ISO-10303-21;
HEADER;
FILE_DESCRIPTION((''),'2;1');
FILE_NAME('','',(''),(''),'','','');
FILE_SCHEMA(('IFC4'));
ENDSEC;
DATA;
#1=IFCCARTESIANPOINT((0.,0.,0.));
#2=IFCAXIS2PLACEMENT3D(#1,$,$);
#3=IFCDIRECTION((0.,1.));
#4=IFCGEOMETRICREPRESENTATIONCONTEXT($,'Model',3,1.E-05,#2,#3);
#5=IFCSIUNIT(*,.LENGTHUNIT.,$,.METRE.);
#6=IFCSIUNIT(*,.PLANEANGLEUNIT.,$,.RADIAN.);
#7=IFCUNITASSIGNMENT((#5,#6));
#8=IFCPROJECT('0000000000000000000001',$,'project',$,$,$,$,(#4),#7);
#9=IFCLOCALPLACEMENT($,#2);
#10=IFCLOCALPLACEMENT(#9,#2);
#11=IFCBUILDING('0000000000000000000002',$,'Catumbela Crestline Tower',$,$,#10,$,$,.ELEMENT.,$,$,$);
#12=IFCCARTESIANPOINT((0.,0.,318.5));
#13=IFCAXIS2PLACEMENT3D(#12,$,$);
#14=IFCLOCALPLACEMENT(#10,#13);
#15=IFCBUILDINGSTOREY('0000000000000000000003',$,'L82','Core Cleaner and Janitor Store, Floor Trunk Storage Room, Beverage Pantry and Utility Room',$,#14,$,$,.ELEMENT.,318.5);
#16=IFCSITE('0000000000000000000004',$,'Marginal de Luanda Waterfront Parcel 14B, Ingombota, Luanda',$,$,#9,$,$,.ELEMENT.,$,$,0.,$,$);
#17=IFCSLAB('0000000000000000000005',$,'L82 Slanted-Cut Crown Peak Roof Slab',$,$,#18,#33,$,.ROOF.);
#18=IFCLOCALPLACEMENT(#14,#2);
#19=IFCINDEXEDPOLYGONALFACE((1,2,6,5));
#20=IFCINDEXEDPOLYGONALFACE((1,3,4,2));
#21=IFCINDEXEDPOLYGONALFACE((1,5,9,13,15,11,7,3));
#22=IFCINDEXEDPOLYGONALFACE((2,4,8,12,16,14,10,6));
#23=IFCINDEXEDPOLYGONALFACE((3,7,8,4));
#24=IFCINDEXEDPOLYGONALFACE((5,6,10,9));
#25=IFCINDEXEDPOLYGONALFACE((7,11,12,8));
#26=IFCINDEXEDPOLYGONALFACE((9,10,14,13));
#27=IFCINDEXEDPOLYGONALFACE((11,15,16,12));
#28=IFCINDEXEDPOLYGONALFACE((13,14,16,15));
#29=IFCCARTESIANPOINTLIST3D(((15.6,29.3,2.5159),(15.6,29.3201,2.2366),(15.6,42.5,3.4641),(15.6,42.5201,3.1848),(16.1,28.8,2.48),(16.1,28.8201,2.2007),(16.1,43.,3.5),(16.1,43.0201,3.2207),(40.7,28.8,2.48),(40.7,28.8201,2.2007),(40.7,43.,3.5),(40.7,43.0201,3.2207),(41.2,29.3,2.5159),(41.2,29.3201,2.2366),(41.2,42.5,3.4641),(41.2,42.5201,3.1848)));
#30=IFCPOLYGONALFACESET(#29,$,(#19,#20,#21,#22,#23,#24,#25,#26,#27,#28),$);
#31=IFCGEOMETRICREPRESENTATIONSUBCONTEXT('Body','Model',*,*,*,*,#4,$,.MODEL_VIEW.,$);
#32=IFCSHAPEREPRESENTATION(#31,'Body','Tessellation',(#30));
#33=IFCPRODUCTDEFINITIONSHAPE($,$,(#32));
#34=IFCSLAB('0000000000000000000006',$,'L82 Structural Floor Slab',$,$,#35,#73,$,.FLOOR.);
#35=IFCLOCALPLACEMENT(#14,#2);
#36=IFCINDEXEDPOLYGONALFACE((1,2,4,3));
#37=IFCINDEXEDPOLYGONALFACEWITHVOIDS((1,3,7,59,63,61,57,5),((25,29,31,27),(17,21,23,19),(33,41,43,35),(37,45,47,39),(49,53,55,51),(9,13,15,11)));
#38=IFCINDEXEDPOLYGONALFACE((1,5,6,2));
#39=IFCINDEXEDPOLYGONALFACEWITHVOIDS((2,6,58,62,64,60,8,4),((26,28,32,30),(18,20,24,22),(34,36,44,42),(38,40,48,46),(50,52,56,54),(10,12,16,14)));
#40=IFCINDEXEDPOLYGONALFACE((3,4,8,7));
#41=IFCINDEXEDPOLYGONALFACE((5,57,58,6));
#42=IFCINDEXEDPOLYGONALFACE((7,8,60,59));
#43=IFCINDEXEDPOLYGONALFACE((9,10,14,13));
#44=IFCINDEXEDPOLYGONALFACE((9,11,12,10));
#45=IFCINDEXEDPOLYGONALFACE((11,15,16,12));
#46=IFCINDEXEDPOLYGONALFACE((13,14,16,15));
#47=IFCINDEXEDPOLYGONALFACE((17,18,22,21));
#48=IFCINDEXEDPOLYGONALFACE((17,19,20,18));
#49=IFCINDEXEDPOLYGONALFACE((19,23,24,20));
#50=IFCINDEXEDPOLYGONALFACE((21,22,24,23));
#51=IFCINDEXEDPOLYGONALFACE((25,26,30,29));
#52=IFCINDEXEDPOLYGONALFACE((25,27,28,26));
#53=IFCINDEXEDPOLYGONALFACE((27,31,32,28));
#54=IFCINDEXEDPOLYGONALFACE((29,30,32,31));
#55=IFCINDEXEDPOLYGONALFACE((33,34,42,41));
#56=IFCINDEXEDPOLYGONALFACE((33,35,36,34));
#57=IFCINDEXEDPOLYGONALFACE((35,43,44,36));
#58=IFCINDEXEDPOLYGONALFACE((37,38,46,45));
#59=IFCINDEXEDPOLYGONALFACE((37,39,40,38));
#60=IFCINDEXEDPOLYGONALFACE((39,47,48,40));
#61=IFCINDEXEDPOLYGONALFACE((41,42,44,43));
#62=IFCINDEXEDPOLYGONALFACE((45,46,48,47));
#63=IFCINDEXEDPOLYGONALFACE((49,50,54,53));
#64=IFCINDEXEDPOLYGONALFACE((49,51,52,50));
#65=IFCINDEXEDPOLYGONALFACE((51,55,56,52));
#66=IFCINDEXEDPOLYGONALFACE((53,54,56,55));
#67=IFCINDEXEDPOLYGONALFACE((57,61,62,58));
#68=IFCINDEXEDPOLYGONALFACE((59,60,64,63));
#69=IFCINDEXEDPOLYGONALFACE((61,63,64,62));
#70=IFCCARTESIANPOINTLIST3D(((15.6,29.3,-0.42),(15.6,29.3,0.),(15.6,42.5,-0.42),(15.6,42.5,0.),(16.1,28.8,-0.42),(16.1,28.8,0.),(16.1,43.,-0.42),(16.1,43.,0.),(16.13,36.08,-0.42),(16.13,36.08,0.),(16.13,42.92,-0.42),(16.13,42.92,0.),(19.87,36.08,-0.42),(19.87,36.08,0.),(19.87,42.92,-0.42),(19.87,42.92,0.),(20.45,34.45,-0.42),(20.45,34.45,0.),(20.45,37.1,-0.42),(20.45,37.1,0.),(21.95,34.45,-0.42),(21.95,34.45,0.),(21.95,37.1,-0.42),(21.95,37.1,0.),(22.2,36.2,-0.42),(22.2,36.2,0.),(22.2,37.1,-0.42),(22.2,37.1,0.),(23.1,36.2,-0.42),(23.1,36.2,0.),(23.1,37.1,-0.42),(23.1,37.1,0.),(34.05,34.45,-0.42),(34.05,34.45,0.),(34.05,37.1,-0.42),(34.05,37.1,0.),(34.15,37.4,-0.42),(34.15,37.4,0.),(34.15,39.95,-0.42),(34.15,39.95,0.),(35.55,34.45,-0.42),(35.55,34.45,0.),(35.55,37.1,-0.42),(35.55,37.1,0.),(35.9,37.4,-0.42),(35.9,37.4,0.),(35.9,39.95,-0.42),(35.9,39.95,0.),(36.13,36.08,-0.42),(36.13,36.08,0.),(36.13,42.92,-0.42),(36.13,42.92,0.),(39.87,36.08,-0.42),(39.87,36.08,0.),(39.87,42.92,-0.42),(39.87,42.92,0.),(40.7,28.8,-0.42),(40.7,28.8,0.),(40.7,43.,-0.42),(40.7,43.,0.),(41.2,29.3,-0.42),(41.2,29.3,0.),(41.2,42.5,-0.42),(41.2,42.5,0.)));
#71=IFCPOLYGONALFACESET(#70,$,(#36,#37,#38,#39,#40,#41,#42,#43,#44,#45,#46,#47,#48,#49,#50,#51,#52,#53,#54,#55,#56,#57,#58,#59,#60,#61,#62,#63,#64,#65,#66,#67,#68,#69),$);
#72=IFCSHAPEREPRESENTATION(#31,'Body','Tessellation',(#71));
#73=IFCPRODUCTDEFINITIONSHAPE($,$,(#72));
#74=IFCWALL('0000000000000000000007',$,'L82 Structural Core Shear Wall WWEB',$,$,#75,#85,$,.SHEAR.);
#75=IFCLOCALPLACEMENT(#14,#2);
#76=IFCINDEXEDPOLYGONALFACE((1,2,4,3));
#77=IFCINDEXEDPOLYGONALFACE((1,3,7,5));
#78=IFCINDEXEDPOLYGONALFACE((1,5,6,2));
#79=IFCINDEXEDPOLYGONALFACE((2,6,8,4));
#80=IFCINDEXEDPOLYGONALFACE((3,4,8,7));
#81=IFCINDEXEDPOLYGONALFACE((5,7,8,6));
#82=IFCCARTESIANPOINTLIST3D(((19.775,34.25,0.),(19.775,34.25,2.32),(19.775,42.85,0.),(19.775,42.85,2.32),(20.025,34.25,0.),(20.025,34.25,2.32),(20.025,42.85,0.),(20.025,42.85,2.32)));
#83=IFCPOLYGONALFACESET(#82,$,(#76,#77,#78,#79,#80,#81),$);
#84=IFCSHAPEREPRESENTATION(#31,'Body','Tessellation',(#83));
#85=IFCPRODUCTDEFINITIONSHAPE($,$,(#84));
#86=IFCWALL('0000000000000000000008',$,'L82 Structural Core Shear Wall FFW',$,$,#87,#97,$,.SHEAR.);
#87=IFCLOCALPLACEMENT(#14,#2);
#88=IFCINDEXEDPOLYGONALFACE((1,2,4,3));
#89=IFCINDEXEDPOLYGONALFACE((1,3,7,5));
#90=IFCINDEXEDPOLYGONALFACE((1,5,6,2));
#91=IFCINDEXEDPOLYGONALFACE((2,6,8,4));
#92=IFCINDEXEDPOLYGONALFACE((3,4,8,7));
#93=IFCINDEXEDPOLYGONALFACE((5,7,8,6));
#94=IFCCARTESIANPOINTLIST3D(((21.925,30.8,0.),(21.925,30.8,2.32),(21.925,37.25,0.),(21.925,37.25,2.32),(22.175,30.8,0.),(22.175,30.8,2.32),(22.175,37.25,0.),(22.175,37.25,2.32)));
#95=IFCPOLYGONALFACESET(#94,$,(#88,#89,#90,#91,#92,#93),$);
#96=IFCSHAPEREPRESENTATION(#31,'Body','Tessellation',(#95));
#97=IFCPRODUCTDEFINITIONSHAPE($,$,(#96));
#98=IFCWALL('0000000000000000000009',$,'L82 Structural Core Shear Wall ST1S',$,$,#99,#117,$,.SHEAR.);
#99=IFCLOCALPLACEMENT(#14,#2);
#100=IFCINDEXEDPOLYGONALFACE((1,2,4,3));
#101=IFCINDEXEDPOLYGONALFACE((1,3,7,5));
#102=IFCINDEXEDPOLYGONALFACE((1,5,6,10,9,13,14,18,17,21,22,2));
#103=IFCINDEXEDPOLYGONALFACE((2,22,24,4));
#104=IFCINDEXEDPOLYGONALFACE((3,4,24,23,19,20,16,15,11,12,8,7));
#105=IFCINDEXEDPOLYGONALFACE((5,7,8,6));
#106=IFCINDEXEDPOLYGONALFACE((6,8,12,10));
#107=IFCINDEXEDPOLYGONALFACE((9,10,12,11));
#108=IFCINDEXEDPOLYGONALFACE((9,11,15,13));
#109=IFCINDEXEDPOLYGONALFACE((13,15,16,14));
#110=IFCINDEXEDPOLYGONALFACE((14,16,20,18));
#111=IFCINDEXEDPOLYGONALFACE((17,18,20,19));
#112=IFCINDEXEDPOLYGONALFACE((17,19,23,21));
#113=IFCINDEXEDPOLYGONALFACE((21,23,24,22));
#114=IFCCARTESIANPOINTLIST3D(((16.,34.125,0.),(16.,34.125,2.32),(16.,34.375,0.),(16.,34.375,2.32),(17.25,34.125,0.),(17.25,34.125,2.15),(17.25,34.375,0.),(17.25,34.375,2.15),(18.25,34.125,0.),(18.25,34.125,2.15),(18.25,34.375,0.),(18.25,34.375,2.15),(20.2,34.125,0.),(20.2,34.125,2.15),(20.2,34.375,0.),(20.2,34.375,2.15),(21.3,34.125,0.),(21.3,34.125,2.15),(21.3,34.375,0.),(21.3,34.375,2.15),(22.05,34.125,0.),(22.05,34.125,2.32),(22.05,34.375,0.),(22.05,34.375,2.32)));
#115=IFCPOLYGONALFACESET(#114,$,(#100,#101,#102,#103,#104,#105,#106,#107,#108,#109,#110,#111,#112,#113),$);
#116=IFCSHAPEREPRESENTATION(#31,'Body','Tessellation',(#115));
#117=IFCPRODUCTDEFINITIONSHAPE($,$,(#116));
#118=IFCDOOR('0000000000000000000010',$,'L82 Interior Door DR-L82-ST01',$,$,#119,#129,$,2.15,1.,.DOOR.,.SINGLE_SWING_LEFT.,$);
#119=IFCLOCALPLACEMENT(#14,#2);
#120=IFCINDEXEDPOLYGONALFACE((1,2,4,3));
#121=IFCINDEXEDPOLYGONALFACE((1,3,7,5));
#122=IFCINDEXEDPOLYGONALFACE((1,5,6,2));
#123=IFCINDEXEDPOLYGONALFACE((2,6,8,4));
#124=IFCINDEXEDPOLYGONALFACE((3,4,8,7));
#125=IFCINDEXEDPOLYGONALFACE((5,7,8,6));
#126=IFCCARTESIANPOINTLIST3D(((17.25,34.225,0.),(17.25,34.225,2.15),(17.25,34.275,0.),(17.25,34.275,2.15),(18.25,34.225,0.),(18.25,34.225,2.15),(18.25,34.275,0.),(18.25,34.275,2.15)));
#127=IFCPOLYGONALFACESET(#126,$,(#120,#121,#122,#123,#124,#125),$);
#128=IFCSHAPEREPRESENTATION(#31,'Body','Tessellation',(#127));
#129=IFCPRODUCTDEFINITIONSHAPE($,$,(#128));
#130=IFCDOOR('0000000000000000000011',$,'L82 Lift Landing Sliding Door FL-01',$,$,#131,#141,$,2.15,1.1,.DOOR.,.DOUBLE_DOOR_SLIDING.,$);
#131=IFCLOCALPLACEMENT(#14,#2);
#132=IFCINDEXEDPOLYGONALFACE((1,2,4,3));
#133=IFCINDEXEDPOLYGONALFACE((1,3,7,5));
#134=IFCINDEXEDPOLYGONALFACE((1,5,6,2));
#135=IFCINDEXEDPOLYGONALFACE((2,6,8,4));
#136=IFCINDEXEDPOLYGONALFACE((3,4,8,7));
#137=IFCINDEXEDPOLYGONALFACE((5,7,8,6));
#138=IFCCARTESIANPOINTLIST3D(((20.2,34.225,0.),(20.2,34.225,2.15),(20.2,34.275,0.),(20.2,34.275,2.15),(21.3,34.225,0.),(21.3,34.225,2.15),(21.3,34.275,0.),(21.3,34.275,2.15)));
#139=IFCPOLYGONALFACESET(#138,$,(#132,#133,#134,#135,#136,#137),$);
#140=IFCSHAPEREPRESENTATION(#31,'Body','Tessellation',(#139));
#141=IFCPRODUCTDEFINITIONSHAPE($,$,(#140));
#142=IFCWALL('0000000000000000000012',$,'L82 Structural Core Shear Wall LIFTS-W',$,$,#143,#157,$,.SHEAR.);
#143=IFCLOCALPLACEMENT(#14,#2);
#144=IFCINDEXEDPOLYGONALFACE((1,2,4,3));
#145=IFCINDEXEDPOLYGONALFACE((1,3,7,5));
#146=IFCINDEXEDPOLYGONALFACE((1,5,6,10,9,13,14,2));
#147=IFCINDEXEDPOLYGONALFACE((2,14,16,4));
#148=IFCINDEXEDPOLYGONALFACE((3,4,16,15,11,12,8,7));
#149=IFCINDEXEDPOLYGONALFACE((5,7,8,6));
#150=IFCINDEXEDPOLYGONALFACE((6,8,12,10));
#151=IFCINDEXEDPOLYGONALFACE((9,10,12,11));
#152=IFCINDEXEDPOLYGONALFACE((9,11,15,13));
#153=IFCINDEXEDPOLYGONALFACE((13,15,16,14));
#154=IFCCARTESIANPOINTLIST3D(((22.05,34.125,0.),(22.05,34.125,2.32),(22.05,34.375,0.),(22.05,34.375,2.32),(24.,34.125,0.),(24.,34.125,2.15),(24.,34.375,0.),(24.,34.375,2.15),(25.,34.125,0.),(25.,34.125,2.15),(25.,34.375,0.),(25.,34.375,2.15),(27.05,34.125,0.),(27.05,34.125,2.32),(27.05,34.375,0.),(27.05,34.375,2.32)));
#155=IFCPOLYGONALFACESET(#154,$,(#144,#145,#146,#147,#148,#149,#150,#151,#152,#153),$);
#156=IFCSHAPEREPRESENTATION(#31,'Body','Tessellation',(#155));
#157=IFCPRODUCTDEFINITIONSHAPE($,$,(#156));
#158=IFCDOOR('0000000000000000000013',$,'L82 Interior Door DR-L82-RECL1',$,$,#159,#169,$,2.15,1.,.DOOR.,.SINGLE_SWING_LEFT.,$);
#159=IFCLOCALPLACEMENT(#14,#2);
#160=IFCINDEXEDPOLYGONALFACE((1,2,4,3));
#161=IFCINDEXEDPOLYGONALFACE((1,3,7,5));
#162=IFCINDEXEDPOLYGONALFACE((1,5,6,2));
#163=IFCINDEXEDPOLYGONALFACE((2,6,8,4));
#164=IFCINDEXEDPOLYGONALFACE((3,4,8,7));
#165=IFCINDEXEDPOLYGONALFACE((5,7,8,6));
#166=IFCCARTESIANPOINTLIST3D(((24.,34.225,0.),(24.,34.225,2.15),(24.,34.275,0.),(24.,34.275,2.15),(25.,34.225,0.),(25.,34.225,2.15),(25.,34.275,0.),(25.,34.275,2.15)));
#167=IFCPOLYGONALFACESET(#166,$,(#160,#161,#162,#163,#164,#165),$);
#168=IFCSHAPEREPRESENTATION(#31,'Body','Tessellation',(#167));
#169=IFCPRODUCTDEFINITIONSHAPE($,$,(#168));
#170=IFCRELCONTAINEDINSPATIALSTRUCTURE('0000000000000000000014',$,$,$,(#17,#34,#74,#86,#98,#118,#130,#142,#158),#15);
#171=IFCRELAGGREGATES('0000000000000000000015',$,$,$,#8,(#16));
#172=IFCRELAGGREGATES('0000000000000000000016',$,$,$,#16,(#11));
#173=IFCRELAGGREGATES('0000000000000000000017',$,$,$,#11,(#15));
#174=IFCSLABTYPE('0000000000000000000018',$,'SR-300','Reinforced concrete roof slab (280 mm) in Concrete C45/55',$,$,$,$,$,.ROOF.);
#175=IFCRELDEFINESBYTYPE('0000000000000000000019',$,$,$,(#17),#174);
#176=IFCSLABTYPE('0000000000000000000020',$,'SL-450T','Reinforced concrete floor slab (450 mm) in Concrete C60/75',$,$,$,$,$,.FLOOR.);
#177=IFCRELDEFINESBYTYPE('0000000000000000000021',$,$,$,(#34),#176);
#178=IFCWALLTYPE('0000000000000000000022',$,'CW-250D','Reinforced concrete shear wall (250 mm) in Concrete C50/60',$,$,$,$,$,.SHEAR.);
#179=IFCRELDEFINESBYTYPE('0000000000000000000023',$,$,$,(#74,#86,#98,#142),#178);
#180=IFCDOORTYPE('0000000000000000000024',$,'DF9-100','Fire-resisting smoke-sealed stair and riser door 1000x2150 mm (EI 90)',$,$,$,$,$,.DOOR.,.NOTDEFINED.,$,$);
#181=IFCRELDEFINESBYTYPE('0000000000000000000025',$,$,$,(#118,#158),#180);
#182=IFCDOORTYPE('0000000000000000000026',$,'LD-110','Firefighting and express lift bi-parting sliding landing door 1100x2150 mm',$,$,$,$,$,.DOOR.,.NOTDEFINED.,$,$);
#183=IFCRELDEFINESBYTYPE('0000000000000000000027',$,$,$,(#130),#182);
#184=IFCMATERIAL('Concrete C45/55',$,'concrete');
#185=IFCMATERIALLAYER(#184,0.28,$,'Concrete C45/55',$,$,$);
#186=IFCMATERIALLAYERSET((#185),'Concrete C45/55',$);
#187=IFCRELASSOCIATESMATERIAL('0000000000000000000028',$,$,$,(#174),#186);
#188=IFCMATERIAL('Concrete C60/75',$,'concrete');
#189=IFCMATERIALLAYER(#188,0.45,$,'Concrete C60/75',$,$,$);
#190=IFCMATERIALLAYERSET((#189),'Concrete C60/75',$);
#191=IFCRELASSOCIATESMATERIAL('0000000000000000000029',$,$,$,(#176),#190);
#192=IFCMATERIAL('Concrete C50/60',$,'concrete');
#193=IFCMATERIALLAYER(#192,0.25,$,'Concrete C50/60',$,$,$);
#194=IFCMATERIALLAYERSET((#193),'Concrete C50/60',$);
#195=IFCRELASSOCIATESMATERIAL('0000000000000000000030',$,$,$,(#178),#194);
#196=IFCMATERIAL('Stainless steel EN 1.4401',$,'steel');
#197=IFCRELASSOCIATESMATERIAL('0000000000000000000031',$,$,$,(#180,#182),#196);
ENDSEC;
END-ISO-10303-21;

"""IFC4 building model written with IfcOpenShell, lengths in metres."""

from ifc_helpers import new_model, si_unit, direction, frame, frame_2d, origin, place, context, subcontext, project, spatial, polyline, rectangle, outline, extrude, material, layer, layer_set, type_object, element, fill, save


model = new_model("IFC4")

# Units and contexts
model_context = context("Model", 3, precision=1e-05, world=origin(), true_north=direction((0.0, 1.0)))
body_context = subcontext(model_context, "Body", "Model", "MODEL_VIEW")
ifc_project = project(units=[si_unit("LENGTHUNIT", "METRE"), si_unit("PLANEANGLEUNIT", "RADIAN")], contexts=[model_context])

# Site, building, storey
site_placement = place(None, origin())
site = spatial("IfcSite", under=ifc_project, at=site_placement, Name="Marginal de Luanda Waterfront Parcel 14B, Ingombota, Luanda", CompositionType="ELEMENT", RefElevation=0.0)
building_placement = place(site_placement, origin())
building = spatial("IfcBuilding", under=site, at=building_placement, Name="Catumbela Crestline Tower", CompositionType="ELEMENT")
storey_placement = place(building_placement, frame((0.0, 0.0, 318.5)))
storey = spatial("IfcBuildingStorey", under=building, at=storey_placement, Name="L82", Description="Core Cleaner and Janitor Store, Floor Trunk Storage Room, Beverage Pantry and Utility Room", CompositionType="ELEMENT", Elevation=318.5)

# Slabs
ifc_material_1 = material(Name="Concrete C45/55", Category="concrete")
ifc_layer_1 = layer(ifc_material_1, 0.28, Name="Concrete C45/55")
ifc_layer_set_1 = layer_set([ifc_layer_1], Name="Concrete C45/55")
slab_type_1 = type_object("IfcSlabType", Name="SR-300", Description="Reinforced concrete roof slab (280 mm) in Concrete C45/55", PredefinedType="ROOF", material=ifc_layer_set_1)
slab_1_placement = place(storey_placement, frame((16.1, 28.8, 2.48), z_axis=(0.0, -0.071646, 0.99743), x_axis=(1.0, 0.0, 0.0)))
element("IfcSlab", 1, at=slab_1_placement, inside=storey, type_object=slab_type_1, Name="L82 Slanted-Cut Crown Peak Roof Slab", PredefinedType="ROOF", context=body_context, shape_type="SweptSolid", body=[
    extrude(outline(polyline([(0.0, 0.0), (24.6, 0.0), (25.1, 0.5013), (25.1, 13.7353), (24.6, 14.2366), (0.0, 14.2366), (-0.5, 13.7353), (-0.5, 0.5013), (0.0, 0.0)])), origin(), (0.0, 0.0, -1.0), 0.28),
])
ifc_material_2 = material(Name="Concrete C60/75", Category="concrete")
ifc_layer_2 = layer(ifc_material_2, 0.45, Name="Concrete C60/75")
ifc_layer_set_2 = layer_set([ifc_layer_2], Name="Concrete C60/75")
slab_type_2 = type_object("IfcSlabType", Name="SL-450T", Description="Reinforced concrete floor slab (450 mm) in Concrete C60/75", PredefinedType="FLOOR", material=ifc_layer_set_2)
slab_2_placement = place(storey_placement, frame((0.0, 0.0, -0.42)))
element("IfcSlab", 2, at=slab_2_placement, inside=storey, type_object=slab_type_2, Name="L82 Structural Floor Slab", PredefinedType="FLOOR", context=body_context, shape_type="SweptSolid", body=[
    extrude(outline(polyline([(16.1, 28.8), (40.7, 28.8), (41.2, 29.3), (41.2, 42.5), (40.7, 43.0), (16.1, 43.0), (15.6, 42.5), (15.6, 29.3), (16.1, 28.8)]), holes=[polyline([(16.13, 36.08), (19.87, 36.08), (19.87, 42.92), (16.13, 42.92), (16.13, 36.08)]), polyline([(36.13, 36.08), (39.87, 36.08), (39.87, 42.92), (36.13, 42.92), (36.13, 36.08)]), polyline([(20.45, 34.45), (21.95, 34.45), (21.95, 37.1), (20.45, 37.1), (20.45, 34.45)]), polyline([(34.05, 34.45), (35.55, 34.45), (35.55, 37.1), (34.05, 37.1), (34.05, 34.45)]), polyline([(34.15, 37.4), (35.9, 37.4), (35.9, 39.95), (34.15, 39.95), (34.15, 37.4)]), polyline([(22.2, 36.2), (23.1, 36.2), (23.1, 37.1), (22.2, 37.1), (22.2, 36.2)])]), origin(), (0.0, 0.0, 1.0), 0.42),
])

# Walls
ifc_material_3 = material(Name="Concrete C50/60", Category="concrete")
ifc_layer_3 = layer(ifc_material_3, 0.25, Name="Concrete C50/60")
ifc_layer_set_3 = layer_set([ifc_layer_3], Name="Concrete C50/60")
wall_type_1 = type_object("IfcWallType", Name="CW-250D", Description="Reinforced concrete shear wall (250 mm) in Concrete C50/60", PredefinedType="SHEAR", material=ifc_layer_set_3)
wall_1_placement = place(storey_placement, frame((19.9, 34.25, 0.0), z_axis=(0.0, 0.0, 1.0), x_axis=(0.0, 1.0, 0.0)))
element("IfcWall", 3, at=wall_1_placement, inside=storey, type_object=wall_type_1, Name="L82 Structural Core Shear Wall WWEB", PredefinedType="SHEAR", context=body_context, shape_type="SweptSolid", body=[
    extrude(rectangle(XDim=8.6, YDim=0.25, at=frame_2d((4.3, 0.0))), origin(), (0.0, 0.0, 1.0), 2.32),
])
wall_2_placement = place(storey_placement, frame((22.05, 30.8, 0.0), z_axis=(0.0, 0.0, 1.0), x_axis=(0.0, 1.0, 0.0)))
element("IfcWall", 4, at=wall_2_placement, inside=storey, type_object=wall_type_1, Name="L82 Structural Core Shear Wall FFW", PredefinedType="SHEAR", context=body_context, shape_type="SweptSolid", body=[
    extrude(rectangle(XDim=6.45, YDim=0.25, at=frame_2d((3.225, 0.0))), origin(), (0.0, 0.0, 1.0), 2.32),
])

# Wall, openings, doors
wall_3_placement = place(storey_placement, frame((16.0, 34.25, 0.0), z_axis=(0.0, 0.0, 1.0), x_axis=(1.0, 0.0, 0.0)))
wall_3 = element("IfcWall", 5, at=wall_3_placement, inside=storey, type_object=wall_type_1, Name="L82 Structural Core Shear Wall ST1S", PredefinedType="SHEAR", context=body_context, shape_type="SweptSolid", body=[
    extrude(rectangle(XDim=6.05, YDim=0.25, at=frame_2d((3.025, 0.0))), origin(), (0.0, 0.0, 1.0), 2.32),
])
opening_1_placement = place(wall_3_placement, frame((1.25, 0.0, 0.0)))
opening_1 = element("IfcOpeningElement", 6, at=opening_1_placement, cuts=wall_3, PredefinedType="OPENING", context=body_context, shape_type="SweptSolid", body=[
    extrude(rectangle(XDim=1.0, YDim=2.15, at=frame_2d((0.5, 1.075))), frame((0.0, 0.135, 0.0), z_axis=(0.0, -1.0, 0.0), x_axis=(1.0, 0.0, 0.0)), (0.0, 0.0, 1.0), 0.27),
])
opening_2_placement = place(wall_3_placement, frame((4.2, 0.0, 0.0)))
opening_2 = element("IfcOpeningElement", 7, at=opening_2_placement, cuts=wall_3, PredefinedType="OPENING", context=body_context, shape_type="SweptSolid", body=[
    extrude(rectangle(XDim=1.1, YDim=2.15, at=frame_2d((0.55, 1.075))), frame((0.0, 0.135, 0.0), z_axis=(0.0, -1.0, 0.0), x_axis=(1.0, 0.0, 0.0)), (0.0, 0.0, 1.0), 0.27),
])
ifc_material_4 = material(Name="Stainless steel EN 1.4401", Category="steel")
door_type_1 = type_object("IfcDoorType", Name="DF9-100", Description="Fire-resisting smoke-sealed stair and riser door 1000x2150 mm (EI 90)", OperationType="NOTDEFINED", PredefinedType="DOOR", material=ifc_material_4)
door_1_placement = place(opening_1_placement, origin())
door_1 = element("IfcDoor", 8, at=door_1_placement, inside=storey, type_object=door_type_1, Name="L82 Interior Door DR-L82-ST01", OperationType="SINGLE_SWING_LEFT", OverallHeight=2.15, OverallWidth=1.0, PredefinedType="DOOR", context=body_context, shape_type="SweptSolid", body=[
    extrude(rectangle(XDim=1.0, YDim=2.15, at=frame_2d((0.5, 1.075))), frame((0.0, 0.025, 0.0), z_axis=(0.0, -1.0, 0.0), x_axis=(1.0, 0.0, 0.0)), (0.0, 0.0, 1.0), 0.05),
])
fill(opening_1, door_1)
door_type_2 = type_object("IfcDoorType", Name="LD-110", Description="Firefighting and express lift bi-parting sliding landing door 1100x2150 mm", OperationType="NOTDEFINED", PredefinedType="DOOR", material=ifc_material_4)
door_2_placement = place(opening_2_placement, origin())
door_2 = element("IfcDoor", 9, at=door_2_placement, inside=storey, type_object=door_type_2, Name="L82 Lift Landing Sliding Door FL-01", OperationType="DOUBLE_DOOR_SLIDING", OverallHeight=2.15, OverallWidth=1.1, PredefinedType="DOOR", context=body_context, shape_type="SweptSolid", body=[
    extrude(rectangle(XDim=1.1, YDim=2.15, at=frame_2d((0.55, 1.075))), frame((0.0, 0.025, 0.0), z_axis=(0.0, -1.0, 0.0), x_axis=(1.0, 0.0, 0.0)), (0.0, 0.0, 1.0), 0.05),
])
fill(opening_2, door_2)

# Wall, opening, door
wall_4_placement = place(storey_placement, frame((22.05, 34.25, 0.0), z_axis=(0.0, 0.0, 1.0), x_axis=(1.0, 0.0, 0.0)))
wall_4 = element("IfcWall", 10, at=wall_4_placement, inside=storey, type_object=wall_type_1, Name="L82 Structural Core Shear Wall LIFTS-W", PredefinedType="SHEAR", context=body_context, shape_type="SweptSolid", body=[
    extrude(rectangle(XDim=5.0, YDim=0.25, at=frame_2d((2.5, 0.0))), origin(), (0.0, 0.0, 1.0), 2.32),
])
opening_3_placement = place(wall_4_placement, frame((1.95, 0.0, 0.0)))
opening_3 = element("IfcOpeningElement", 11, at=opening_3_placement, cuts=wall_4, PredefinedType="OPENING", context=body_context, shape_type="SweptSolid", body=[
    extrude(rectangle(XDim=1.0, YDim=2.15, at=frame_2d((0.5, 1.075))), frame((0.0, 0.135, 0.0), z_axis=(0.0, -1.0, 0.0), x_axis=(1.0, 0.0, 0.0)), (0.0, 0.0, 1.0), 0.27),
])
door_3_placement = place(opening_3_placement, origin())
door_3 = element("IfcDoor", 12, at=door_3_placement, inside=storey, type_object=door_type_1, Name="L82 Interior Door DR-L82-RECL1", OperationType="SINGLE_SWING_LEFT", OverallHeight=2.15, OverallWidth=1.0, PredefinedType="DOOR", context=body_context, shape_type="SweptSolid", body=[
    extrude(rectangle(XDim=1.0, YDim=2.15, at=frame_2d((0.5, 1.075))), frame((0.0, 0.025, 0.0), z_axis=(0.0, -1.0, 0.0), x_axis=(1.0, 0.0, 0.0)), (0.0, 0.0, 1.0), 0.05),
])
fill(opening_3, door_3)

save(model, "model.ifc")
